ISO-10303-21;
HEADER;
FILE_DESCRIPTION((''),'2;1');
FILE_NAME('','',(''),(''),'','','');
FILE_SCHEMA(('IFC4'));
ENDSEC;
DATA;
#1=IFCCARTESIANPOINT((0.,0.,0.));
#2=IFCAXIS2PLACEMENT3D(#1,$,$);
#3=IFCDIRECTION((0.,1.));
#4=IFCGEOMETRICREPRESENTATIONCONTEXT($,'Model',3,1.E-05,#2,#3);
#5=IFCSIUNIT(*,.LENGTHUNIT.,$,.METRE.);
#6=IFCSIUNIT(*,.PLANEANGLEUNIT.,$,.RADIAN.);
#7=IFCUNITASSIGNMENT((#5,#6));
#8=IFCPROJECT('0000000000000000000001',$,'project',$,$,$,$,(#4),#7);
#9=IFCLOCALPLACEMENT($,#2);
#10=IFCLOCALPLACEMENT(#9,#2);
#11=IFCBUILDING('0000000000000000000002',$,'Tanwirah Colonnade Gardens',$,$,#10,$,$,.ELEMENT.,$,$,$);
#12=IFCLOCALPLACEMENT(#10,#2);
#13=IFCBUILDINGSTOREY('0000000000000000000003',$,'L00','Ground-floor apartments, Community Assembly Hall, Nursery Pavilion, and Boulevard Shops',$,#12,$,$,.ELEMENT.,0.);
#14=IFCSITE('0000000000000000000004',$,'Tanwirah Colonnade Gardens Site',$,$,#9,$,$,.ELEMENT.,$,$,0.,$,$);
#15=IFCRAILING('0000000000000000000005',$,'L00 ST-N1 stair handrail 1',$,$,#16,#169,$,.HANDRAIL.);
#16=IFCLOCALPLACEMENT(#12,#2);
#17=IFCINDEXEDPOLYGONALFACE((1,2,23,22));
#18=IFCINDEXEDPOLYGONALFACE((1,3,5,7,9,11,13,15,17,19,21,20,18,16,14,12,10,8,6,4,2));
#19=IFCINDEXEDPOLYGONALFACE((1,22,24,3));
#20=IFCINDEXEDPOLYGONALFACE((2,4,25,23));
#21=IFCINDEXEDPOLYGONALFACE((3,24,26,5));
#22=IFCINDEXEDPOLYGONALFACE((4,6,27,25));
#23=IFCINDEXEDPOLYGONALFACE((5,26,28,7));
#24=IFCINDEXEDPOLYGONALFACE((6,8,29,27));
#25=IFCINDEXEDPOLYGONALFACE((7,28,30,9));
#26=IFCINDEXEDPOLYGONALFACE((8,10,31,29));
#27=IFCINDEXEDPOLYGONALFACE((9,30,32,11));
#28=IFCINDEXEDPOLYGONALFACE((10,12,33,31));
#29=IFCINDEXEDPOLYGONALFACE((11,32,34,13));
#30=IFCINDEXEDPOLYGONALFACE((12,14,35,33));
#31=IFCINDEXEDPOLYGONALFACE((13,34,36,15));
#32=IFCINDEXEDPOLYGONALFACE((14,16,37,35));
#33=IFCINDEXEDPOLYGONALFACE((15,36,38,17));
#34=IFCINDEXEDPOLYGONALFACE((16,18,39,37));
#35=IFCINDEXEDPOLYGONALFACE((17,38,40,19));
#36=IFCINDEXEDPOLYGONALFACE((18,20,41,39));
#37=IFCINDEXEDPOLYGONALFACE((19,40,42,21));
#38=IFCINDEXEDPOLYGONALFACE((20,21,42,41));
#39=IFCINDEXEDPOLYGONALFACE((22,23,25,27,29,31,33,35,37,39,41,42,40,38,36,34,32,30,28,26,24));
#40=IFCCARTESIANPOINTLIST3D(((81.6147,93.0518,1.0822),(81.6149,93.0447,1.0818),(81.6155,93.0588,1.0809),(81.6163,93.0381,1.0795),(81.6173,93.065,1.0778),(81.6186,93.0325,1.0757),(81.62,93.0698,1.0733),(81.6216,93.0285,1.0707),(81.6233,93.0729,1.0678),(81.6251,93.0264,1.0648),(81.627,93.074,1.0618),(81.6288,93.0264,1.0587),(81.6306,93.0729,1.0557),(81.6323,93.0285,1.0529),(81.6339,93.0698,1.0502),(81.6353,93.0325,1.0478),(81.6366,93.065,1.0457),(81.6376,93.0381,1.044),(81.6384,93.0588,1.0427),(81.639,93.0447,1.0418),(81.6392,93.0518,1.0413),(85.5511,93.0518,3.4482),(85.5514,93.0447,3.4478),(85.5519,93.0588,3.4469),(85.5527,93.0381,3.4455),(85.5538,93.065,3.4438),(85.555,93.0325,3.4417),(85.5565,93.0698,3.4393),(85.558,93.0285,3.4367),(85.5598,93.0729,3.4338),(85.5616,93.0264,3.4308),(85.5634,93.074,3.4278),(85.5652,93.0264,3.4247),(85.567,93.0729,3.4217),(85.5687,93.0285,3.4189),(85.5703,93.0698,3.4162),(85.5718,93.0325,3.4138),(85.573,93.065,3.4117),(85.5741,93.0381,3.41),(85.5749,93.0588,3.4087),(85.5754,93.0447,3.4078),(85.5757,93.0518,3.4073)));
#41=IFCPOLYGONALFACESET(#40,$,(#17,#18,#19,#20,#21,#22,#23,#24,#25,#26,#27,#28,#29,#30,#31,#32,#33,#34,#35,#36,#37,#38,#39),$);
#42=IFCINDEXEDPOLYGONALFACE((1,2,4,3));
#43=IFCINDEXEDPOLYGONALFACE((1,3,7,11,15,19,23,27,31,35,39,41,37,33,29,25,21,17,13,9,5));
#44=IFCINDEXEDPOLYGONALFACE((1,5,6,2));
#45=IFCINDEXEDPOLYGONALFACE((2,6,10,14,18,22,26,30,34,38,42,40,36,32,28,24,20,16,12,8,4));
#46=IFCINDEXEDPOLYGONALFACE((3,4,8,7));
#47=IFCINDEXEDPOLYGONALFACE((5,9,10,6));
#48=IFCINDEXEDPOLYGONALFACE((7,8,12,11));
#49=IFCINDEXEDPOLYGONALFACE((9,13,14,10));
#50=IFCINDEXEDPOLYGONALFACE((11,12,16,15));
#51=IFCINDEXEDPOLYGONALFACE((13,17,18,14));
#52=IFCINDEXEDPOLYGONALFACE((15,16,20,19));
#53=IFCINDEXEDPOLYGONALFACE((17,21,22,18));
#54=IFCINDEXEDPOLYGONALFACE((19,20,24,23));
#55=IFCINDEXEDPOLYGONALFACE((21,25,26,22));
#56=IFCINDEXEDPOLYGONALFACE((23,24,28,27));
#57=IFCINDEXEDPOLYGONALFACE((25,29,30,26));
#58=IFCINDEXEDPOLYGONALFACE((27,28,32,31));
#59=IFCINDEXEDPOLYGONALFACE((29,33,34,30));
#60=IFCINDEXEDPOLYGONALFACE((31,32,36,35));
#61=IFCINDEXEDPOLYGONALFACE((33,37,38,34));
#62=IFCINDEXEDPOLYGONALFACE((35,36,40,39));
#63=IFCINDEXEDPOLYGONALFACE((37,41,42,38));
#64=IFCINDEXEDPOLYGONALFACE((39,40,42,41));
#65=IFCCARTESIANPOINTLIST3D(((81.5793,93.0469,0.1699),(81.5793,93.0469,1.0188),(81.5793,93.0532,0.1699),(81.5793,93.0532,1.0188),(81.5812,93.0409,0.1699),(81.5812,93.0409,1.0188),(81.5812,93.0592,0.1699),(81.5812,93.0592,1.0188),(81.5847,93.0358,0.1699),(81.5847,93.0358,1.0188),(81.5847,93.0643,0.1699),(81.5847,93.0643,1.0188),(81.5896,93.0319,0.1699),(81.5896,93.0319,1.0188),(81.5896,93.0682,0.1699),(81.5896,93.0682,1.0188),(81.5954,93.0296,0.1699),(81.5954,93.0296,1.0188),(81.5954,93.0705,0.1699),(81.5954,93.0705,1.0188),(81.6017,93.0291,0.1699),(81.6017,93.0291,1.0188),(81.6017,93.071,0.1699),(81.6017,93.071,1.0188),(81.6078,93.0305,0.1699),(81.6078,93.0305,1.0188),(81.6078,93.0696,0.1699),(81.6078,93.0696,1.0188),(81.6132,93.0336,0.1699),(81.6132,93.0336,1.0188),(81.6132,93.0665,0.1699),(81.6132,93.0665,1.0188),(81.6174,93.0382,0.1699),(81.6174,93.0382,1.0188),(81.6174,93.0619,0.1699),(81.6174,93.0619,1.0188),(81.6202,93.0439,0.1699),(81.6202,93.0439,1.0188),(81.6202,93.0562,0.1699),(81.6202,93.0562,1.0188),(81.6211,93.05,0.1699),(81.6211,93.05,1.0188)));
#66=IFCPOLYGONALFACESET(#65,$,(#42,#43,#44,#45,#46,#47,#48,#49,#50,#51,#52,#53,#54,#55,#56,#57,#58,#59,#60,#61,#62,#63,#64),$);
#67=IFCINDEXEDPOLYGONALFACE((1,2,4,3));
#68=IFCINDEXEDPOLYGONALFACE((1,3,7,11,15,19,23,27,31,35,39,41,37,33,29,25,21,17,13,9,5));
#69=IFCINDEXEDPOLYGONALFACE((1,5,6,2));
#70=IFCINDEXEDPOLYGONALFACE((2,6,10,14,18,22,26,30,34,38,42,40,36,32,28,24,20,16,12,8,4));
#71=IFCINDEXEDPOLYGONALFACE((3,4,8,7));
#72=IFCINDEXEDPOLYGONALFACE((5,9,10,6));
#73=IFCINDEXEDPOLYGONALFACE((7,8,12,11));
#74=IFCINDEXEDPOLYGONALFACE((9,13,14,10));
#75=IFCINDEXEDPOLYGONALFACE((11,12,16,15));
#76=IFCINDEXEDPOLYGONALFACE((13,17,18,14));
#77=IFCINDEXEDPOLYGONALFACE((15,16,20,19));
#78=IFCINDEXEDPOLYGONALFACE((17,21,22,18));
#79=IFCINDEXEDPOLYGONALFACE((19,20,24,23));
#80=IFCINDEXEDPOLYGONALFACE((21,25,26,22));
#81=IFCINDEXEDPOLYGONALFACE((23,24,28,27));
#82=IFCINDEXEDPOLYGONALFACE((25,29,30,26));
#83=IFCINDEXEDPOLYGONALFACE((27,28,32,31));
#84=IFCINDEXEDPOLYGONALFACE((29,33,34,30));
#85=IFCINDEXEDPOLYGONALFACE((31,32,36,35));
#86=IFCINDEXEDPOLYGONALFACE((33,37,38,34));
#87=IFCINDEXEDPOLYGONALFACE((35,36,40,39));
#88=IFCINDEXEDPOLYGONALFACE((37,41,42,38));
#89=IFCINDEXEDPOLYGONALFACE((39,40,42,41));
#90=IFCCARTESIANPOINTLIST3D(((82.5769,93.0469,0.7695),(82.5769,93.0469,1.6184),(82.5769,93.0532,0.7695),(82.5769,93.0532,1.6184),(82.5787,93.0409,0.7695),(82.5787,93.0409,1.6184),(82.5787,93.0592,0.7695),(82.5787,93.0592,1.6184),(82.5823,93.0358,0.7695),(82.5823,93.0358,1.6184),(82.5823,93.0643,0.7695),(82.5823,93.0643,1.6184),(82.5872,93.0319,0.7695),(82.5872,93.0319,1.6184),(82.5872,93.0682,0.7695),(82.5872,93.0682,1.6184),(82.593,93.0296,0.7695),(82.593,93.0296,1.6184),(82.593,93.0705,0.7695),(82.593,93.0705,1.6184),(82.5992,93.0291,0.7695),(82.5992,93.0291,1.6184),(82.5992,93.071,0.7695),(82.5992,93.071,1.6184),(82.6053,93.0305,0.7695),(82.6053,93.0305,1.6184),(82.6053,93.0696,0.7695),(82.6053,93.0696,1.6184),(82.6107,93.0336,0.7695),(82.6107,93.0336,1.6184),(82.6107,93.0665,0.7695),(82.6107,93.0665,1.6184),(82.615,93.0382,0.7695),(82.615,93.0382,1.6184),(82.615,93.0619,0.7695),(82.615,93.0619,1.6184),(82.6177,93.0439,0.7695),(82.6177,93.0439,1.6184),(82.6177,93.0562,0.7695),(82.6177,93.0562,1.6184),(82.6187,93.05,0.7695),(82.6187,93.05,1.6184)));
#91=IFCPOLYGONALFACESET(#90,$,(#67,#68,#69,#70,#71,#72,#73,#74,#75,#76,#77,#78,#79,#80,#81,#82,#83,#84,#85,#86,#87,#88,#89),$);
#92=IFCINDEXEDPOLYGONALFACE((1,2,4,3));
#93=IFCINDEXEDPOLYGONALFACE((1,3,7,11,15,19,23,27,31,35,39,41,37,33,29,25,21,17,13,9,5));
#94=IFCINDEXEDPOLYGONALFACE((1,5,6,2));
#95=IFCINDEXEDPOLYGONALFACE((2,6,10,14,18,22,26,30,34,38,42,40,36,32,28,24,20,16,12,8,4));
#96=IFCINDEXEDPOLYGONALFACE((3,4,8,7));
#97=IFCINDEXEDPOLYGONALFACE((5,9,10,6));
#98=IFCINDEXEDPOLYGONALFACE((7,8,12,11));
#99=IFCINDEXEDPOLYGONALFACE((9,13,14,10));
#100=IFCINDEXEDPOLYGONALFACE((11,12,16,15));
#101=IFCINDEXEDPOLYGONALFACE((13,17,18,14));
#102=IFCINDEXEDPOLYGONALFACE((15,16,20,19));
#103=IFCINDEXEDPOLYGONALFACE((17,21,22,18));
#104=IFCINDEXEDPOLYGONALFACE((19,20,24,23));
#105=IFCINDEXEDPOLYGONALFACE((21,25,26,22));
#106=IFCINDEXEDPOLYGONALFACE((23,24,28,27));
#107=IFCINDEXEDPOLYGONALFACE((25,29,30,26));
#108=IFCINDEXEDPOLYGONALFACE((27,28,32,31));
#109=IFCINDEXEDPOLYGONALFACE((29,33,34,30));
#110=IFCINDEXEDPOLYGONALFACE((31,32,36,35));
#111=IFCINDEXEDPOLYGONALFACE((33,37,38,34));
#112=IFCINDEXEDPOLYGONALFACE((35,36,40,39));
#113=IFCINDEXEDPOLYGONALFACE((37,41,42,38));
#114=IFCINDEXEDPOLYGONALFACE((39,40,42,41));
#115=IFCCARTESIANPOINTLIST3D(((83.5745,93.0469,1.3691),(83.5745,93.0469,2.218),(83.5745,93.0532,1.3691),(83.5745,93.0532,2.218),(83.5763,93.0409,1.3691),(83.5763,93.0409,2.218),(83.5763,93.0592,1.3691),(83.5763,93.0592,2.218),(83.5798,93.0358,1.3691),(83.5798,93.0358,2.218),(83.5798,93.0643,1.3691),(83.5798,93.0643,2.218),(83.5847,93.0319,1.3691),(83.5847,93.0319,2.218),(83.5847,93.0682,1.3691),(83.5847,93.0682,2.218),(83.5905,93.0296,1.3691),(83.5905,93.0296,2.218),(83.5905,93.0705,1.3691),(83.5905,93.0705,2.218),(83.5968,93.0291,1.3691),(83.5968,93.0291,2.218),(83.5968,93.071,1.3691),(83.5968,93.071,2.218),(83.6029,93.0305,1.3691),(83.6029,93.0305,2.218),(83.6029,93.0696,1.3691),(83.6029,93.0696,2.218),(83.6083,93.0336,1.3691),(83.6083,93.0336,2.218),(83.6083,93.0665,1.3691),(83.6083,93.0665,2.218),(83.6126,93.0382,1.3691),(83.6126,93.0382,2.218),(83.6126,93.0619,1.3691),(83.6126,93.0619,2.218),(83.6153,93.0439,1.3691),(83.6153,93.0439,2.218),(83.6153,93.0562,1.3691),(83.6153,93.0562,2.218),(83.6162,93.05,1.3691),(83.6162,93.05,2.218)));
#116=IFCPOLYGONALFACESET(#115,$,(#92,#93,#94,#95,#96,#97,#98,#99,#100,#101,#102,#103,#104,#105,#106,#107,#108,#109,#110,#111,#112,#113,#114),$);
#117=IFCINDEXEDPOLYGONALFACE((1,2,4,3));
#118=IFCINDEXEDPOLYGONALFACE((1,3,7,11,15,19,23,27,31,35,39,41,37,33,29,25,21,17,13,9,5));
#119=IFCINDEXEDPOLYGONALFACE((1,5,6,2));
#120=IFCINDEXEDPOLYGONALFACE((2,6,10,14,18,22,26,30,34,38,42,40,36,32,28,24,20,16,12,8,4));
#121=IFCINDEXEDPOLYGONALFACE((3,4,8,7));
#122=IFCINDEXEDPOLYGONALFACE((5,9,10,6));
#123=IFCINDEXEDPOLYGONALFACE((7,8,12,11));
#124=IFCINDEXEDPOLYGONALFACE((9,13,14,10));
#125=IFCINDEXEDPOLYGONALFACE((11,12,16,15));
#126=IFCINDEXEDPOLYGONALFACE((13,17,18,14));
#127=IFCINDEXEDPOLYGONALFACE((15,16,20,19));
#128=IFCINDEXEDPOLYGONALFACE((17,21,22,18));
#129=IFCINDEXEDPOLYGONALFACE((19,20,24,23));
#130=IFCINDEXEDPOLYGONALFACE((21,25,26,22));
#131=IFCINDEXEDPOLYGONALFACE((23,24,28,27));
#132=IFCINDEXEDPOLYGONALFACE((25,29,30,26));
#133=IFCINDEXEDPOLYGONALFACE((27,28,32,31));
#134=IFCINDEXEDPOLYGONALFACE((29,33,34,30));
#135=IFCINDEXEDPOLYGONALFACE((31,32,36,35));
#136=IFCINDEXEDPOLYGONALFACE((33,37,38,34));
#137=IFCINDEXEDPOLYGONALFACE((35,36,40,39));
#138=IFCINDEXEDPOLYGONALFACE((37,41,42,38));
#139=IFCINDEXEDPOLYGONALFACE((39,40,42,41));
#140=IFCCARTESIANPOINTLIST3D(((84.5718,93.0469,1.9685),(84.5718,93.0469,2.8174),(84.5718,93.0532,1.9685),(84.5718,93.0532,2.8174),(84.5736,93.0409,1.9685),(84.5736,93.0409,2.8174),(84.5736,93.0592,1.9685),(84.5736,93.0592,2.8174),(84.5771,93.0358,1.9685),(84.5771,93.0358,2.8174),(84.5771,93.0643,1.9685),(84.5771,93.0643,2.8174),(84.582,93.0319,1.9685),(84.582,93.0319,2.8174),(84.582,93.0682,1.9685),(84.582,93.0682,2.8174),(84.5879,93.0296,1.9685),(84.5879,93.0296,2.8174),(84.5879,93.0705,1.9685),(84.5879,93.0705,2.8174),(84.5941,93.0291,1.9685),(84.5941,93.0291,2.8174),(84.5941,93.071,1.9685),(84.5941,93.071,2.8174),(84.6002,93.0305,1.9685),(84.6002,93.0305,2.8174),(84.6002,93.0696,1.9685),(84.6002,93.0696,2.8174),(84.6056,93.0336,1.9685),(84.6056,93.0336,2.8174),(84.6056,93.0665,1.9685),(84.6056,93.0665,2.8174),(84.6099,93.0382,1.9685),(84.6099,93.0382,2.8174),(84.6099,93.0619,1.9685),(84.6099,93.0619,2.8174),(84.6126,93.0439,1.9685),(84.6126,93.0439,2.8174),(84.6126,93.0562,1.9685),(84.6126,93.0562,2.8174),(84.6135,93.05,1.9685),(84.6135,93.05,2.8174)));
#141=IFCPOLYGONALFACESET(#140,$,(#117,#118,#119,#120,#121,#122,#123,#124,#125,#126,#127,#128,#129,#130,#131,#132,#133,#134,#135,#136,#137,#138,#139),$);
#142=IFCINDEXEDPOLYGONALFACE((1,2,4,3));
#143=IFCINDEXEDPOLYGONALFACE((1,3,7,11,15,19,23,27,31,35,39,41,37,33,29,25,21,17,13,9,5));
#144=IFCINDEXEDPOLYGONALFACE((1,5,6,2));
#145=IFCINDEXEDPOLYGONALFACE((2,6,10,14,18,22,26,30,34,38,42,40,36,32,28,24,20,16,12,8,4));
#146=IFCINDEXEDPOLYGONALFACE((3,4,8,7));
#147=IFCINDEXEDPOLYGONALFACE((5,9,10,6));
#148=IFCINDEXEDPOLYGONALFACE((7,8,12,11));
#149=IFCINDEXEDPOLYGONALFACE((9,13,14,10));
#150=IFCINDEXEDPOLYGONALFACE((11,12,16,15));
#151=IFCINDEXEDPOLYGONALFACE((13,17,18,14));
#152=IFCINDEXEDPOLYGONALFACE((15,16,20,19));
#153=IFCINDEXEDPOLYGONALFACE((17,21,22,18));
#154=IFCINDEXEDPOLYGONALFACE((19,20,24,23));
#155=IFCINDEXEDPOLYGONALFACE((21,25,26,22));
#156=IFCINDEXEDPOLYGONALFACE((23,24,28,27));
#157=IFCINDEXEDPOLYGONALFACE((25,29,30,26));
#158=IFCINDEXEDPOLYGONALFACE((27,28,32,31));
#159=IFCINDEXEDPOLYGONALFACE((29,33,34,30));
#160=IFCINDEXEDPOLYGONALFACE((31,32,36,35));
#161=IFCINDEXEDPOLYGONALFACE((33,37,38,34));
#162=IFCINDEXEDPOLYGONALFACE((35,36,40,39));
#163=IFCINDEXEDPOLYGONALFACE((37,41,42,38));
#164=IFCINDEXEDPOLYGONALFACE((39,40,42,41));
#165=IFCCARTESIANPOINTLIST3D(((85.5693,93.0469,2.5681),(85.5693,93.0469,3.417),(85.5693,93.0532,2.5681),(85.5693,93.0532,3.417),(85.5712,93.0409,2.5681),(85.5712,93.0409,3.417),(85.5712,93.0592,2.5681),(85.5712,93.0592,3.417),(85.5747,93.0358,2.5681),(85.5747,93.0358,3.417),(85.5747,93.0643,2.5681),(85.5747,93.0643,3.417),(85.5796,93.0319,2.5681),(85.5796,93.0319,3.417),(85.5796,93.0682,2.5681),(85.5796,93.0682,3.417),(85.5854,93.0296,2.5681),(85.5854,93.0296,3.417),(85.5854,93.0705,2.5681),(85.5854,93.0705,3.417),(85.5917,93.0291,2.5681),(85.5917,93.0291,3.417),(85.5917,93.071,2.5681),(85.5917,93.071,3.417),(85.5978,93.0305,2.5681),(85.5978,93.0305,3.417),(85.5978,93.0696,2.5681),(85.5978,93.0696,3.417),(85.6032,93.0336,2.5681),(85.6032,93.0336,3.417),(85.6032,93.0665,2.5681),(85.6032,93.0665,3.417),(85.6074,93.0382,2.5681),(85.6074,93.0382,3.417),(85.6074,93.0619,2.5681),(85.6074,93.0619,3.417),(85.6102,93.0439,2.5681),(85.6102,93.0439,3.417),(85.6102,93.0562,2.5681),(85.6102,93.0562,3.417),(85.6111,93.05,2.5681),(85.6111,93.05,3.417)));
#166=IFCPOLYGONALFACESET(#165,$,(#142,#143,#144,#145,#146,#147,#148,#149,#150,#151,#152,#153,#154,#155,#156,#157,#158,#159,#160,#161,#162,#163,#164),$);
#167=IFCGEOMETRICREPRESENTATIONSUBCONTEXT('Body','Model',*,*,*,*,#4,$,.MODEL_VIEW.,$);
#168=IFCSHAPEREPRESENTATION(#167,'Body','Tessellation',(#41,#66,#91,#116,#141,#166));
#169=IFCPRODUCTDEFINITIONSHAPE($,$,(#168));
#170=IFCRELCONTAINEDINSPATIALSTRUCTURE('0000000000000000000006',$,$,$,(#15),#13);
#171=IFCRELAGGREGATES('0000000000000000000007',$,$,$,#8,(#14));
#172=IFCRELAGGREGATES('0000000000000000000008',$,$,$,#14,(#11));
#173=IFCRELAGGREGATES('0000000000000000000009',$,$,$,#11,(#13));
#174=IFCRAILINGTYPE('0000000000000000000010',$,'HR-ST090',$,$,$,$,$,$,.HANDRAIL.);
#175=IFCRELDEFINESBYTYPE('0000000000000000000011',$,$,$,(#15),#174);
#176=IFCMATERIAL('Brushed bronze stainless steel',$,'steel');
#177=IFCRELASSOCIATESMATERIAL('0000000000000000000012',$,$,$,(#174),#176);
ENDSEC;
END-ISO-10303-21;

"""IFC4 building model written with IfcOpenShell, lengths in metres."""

from ifc_helpers import new_model, si_unit, direction, frame, origin, origin_2d, place, context, subcontext, project, spatial, circle, extrude, material, type_object, element, save


model = new_model("IFC4")

# Units and contexts
model_context = context("Model", 3, precision=1e-05, world=origin(), true_north=direction((0.0, 1.0)))
body_context = subcontext(model_context, "Body", "Model", "MODEL_VIEW")
ifc_project = project(units=[si_unit("LENGTHUNIT", "METRE"), si_unit("PLANEANGLEUNIT", "RADIAN")], contexts=[model_context])

# Site, building, storey
site_placement = place(None, origin())
site = spatial("IfcSite", under=ifc_project, at=site_placement, Name="Tanwirah Colonnade Gardens Site", CompositionType="ELEMENT", RefElevation=0.0)
building_placement = place(site_placement, origin())
building = spatial("IfcBuilding", under=site, at=building_placement, Name="Tanwirah Colonnade Gardens", CompositionType="ELEMENT")
storey_placement = place(building_placement, origin())
storey = spatial("IfcBuildingStorey", under=building, at=storey_placement, Name="L00", Description="Ground-floor apartments, Community Assembly Hall, Nursery Pavilion, and Boulevard Shops", CompositionType="ELEMENT", Elevation=0.0)

# Railing
ifc_material_1 = material(Name="Brushed bronze stainless steel", Category="steel")
railing_type_1 = type_object("IfcRailingType", Name="HR-ST090", PredefinedType="HANDRAIL", material=ifc_material_1)
railing_1_placement = place(storey_placement, frame((81.6001, 93.05, 0.1699)))
element("IfcRailing", 1, at=railing_1_placement, inside=storey, type_object=railing_type_1, Name="L00 ST-N1 stair handrail 1", PredefinedType="HANDRAIL", context=body_context, shape_type="SweptSolid", body=[
    extrude(circle(Radius=0.0239, at=origin_2d()), frame((0.0269, 0.0, 0.8918), z_axis=(0.857095, 0.0, 0.515159), x_axis=(0.0, 1.0, 0.0)), (0.0, 0.0, 1.0), 4.5928),
    extrude(circle(Radius=0.021, at=origin_2d()), origin(), (0.0, 0.0, 1.0), 0.8489),
    extrude(circle(Radius=0.021, at=origin_2d()), frame((0.9976, 0.0, 0.5996)), (0.0, 0.0, 1.0), 0.8489),
    extrude(circle(Radius=0.021, at=origin_2d()), frame((1.9951, 0.0, 1.1992)), (0.0, 0.0, 1.0), 0.8489),
    extrude(circle(Radius=0.021, at=origin_2d()), frame((2.9924, 0.0, 1.7986)), (0.0, 0.0, 1.0), 0.8489),
    extrude(circle(Radius=0.021, at=origin_2d()), frame((3.99, 0.0, 2.3982)), (0.0, 0.0, 1.0), 0.8489),
])

save(model, "model.ifc")
